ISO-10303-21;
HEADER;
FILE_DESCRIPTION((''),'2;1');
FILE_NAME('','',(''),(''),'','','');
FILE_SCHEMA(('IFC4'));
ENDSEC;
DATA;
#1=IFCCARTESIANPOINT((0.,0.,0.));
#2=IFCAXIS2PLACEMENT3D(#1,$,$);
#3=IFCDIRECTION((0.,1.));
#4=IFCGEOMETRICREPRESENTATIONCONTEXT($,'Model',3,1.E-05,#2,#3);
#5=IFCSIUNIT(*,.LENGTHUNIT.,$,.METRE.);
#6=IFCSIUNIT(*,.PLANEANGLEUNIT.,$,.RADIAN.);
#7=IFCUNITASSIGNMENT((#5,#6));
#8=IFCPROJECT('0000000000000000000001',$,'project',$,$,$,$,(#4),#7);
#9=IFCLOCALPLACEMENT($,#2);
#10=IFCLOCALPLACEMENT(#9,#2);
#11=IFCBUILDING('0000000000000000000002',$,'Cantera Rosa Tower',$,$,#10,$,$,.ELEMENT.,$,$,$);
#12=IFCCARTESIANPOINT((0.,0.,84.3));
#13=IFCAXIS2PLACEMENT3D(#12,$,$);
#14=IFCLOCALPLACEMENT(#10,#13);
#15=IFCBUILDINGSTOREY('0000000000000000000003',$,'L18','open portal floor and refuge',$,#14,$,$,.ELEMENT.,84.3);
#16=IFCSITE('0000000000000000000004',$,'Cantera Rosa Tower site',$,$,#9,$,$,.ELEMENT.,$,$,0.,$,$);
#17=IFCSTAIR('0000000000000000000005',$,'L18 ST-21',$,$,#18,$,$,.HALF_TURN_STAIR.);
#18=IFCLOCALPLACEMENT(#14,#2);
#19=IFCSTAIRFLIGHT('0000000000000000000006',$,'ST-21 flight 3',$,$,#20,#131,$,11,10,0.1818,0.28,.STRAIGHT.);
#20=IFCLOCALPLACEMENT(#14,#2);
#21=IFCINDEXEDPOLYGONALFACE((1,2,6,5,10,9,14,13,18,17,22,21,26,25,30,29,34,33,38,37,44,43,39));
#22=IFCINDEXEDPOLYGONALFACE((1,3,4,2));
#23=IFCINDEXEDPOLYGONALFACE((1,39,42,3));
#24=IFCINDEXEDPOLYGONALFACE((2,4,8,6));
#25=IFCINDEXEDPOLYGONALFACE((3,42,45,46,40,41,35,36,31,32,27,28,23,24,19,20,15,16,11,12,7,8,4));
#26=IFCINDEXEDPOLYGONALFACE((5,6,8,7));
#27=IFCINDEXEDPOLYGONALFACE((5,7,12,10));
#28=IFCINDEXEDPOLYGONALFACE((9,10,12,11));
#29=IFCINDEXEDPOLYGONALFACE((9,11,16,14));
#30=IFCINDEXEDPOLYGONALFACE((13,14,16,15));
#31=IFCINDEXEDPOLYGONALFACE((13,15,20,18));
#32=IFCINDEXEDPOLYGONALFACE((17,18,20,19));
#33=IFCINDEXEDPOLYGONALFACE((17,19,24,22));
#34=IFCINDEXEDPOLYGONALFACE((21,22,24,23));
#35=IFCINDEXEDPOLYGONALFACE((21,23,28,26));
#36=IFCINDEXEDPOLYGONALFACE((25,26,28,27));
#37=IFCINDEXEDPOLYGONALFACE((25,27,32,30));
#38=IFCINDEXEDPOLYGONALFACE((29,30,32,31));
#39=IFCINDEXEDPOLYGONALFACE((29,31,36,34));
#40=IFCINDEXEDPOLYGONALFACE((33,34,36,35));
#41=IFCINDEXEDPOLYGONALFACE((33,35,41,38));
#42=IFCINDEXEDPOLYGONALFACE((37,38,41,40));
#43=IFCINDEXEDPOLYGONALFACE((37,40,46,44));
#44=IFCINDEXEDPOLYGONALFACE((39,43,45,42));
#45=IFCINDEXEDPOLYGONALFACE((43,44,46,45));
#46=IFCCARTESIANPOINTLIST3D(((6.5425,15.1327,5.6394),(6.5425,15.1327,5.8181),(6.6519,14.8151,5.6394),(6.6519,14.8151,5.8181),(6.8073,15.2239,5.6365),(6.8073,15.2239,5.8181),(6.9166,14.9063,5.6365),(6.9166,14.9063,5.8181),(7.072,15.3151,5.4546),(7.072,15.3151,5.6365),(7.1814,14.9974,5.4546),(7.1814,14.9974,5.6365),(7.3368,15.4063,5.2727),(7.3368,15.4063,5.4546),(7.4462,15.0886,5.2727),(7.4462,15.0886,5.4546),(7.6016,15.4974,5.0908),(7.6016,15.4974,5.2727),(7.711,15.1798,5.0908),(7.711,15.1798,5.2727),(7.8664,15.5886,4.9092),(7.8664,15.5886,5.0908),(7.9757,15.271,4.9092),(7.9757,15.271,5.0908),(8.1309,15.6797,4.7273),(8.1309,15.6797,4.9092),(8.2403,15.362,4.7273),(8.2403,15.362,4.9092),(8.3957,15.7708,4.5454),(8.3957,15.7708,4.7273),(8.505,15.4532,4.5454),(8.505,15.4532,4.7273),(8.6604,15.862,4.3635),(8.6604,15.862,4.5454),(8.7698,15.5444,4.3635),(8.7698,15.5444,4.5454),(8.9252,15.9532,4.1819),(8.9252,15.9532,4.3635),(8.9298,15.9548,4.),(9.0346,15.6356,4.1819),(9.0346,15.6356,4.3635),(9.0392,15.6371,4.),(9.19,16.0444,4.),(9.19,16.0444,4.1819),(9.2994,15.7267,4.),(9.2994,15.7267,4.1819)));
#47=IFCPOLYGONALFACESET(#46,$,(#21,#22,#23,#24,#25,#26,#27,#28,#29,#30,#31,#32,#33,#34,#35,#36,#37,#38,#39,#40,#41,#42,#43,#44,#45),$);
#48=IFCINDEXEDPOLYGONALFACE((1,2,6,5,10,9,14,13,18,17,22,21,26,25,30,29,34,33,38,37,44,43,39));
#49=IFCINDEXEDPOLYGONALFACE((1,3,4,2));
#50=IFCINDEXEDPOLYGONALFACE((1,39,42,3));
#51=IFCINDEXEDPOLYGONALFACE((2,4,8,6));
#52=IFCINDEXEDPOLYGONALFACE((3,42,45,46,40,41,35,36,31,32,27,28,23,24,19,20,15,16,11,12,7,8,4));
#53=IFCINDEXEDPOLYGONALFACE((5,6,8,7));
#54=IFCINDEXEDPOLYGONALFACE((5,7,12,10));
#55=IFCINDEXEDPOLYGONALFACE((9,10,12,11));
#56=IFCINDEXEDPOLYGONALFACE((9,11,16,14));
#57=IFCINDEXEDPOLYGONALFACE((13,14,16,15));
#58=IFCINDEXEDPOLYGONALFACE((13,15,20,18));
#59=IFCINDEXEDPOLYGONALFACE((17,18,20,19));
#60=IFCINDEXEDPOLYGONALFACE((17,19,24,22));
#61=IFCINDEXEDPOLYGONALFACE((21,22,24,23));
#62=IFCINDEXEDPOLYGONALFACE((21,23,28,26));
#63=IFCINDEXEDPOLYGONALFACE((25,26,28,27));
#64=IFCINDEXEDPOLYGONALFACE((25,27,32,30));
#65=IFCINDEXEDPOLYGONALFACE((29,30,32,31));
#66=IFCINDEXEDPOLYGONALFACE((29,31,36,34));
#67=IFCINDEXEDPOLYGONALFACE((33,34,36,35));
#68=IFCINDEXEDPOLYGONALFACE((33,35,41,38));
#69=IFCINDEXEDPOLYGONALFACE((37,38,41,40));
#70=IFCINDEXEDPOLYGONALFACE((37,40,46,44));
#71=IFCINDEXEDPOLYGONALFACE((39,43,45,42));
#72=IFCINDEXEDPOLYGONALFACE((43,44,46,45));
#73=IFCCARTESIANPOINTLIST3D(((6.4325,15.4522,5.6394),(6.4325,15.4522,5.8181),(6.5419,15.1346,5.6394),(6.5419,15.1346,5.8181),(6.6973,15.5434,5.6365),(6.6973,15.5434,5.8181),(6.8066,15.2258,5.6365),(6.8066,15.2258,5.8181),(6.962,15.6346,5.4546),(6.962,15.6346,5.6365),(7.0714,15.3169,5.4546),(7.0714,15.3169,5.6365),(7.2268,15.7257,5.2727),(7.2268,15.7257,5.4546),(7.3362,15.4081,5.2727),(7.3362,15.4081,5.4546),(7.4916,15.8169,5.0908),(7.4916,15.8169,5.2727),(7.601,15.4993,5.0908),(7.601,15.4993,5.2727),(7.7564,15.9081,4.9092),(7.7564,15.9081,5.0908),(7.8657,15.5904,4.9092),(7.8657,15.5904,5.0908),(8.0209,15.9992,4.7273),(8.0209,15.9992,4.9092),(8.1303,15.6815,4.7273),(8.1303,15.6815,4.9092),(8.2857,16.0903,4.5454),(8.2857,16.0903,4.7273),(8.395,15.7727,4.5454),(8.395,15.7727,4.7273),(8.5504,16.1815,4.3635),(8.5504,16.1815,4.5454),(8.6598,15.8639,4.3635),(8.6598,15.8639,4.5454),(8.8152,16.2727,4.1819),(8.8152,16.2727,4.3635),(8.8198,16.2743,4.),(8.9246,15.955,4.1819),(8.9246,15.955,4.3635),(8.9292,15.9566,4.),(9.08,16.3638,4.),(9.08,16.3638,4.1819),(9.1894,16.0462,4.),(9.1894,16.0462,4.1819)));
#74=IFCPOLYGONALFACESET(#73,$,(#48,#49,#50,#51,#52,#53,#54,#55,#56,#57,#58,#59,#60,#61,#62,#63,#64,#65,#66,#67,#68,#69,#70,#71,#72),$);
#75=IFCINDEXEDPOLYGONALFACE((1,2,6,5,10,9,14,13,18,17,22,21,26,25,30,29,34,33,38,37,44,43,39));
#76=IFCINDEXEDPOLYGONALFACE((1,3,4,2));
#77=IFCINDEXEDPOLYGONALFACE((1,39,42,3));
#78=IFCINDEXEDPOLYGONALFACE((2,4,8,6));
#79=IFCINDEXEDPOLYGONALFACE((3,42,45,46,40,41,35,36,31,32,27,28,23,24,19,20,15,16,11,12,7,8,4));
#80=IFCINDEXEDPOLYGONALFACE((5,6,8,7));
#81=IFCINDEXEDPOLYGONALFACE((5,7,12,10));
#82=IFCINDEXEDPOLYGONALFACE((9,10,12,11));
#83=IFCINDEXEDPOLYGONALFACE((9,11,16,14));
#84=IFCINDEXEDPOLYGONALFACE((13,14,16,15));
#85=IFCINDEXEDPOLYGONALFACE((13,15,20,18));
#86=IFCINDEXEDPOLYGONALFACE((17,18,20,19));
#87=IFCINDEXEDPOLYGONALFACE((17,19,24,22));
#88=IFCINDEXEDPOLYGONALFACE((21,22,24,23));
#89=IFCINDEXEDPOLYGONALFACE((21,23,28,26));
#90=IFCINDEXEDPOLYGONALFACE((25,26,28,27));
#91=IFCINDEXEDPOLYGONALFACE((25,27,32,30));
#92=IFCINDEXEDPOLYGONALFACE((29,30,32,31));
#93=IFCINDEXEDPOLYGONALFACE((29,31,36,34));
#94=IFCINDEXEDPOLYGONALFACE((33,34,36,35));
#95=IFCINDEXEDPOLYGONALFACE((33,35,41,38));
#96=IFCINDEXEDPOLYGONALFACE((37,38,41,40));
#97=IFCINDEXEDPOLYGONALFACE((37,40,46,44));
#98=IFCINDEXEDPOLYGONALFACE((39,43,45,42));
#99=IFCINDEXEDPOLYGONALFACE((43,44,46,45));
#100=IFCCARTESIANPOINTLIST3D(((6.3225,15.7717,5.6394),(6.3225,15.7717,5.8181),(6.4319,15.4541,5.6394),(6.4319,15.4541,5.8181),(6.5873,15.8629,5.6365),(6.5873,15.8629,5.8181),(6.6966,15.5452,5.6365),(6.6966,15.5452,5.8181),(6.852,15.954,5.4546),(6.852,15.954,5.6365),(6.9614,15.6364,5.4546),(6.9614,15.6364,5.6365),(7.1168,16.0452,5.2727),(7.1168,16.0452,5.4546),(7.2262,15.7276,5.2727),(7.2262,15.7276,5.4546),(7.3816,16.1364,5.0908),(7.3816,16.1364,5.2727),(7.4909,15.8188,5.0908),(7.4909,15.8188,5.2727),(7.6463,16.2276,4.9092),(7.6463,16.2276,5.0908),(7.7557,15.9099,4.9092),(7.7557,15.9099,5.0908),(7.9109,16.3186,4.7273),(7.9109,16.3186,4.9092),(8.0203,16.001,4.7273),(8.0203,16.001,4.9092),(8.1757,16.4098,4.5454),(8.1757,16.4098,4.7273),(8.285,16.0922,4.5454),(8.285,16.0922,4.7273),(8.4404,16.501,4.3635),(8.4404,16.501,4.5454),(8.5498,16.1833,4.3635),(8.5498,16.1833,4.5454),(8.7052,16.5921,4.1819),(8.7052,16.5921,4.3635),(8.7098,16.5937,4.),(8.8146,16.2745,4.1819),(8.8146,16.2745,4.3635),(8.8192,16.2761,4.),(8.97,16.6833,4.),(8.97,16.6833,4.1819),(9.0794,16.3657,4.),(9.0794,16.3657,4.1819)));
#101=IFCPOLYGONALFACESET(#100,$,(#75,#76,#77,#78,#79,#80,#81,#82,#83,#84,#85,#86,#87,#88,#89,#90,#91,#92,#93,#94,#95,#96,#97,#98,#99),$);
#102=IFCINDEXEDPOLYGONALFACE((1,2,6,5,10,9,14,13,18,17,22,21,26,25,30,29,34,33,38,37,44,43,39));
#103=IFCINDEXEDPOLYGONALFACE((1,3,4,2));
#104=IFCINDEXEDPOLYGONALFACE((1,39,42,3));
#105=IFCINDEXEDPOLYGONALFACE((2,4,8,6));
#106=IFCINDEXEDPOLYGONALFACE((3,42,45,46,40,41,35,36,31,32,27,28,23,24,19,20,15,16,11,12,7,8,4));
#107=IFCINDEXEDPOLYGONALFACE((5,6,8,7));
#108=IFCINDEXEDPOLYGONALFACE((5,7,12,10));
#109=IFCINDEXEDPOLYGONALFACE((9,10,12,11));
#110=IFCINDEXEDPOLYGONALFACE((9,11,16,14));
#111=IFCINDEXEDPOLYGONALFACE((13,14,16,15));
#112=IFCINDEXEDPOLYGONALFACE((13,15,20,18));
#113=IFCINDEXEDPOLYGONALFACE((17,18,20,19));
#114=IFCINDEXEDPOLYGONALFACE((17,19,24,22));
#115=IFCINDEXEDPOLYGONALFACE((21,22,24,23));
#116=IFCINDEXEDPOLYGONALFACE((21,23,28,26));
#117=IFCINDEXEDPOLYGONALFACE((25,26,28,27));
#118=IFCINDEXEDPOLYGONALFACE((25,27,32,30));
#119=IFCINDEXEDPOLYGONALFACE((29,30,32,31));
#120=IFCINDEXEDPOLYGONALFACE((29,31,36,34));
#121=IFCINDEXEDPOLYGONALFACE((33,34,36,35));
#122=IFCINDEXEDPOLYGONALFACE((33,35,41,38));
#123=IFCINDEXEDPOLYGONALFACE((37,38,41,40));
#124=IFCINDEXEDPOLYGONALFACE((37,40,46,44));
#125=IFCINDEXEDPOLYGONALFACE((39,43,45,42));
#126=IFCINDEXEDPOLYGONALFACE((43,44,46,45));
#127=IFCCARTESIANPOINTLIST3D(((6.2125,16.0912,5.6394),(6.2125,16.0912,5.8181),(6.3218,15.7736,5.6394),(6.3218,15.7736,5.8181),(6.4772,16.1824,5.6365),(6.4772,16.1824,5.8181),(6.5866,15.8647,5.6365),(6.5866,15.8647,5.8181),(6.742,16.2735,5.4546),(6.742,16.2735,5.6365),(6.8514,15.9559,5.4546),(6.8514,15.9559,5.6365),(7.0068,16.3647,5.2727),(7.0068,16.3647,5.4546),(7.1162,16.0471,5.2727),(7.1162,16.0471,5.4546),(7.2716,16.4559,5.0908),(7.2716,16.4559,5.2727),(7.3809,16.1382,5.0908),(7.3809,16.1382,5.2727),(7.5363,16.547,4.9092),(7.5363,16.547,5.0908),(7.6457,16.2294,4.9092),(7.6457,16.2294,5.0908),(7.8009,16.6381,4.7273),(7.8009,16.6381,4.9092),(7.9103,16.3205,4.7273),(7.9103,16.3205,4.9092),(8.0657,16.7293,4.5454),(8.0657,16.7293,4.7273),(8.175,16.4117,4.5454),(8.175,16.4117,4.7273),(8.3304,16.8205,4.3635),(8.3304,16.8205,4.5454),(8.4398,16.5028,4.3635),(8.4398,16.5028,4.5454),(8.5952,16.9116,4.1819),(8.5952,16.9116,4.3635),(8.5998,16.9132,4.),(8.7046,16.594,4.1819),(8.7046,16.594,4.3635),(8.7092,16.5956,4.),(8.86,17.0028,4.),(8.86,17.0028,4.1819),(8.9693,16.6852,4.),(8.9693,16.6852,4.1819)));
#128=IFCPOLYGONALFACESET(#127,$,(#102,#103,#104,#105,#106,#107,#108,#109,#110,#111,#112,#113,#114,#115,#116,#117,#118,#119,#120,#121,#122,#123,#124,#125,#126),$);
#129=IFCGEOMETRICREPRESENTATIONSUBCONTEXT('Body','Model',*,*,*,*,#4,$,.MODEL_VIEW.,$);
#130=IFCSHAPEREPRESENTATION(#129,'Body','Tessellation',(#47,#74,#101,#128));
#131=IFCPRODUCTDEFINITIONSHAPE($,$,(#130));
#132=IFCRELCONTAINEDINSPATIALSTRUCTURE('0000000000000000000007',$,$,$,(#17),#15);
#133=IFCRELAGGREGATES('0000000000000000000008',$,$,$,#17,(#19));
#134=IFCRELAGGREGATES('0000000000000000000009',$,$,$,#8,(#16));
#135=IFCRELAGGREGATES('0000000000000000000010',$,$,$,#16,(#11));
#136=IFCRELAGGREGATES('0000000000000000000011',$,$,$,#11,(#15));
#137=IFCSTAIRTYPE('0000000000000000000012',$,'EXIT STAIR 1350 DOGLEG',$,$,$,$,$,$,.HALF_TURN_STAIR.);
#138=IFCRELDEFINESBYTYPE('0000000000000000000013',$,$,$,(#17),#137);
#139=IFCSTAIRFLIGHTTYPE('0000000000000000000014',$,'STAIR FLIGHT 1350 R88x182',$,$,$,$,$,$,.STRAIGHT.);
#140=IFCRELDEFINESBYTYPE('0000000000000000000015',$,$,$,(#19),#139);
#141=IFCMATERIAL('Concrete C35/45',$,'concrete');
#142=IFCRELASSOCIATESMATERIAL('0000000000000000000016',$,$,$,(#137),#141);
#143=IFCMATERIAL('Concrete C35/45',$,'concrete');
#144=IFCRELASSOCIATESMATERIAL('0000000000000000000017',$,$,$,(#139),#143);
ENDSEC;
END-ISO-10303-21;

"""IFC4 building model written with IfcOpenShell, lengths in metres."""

from ifc_helpers import new_model, si_unit, direction, frame, origin, place, context, subcontext, project, spatial, polyline, outline, extrude, material, type_object, element, aggregate, save


model = new_model("IFC4")

# Units and contexts
model_context = context("Model", 3, precision=1e-05, world=origin(), true_north=direction((0.0, 1.0)))
body_context = subcontext(model_context, "Body", "Model", "MODEL_VIEW")
ifc_project = project(units=[si_unit("LENGTHUNIT", "METRE"), si_unit("PLANEANGLEUNIT", "RADIAN")], contexts=[model_context])

# Site, building, storey
site_placement = place(None, origin())
site = spatial("IfcSite", under=ifc_project, at=site_placement, Name="Cantera Rosa Tower site", CompositionType="ELEMENT", RefElevation=0.0)
building_placement = place(site_placement, origin())
building = spatial("IfcBuilding", under=site, at=building_placement, Name="Cantera Rosa Tower", CompositionType="ELEMENT")
storey_placement = place(building_placement, frame((0.0, 0.0, 84.3)))
storey = spatial("IfcBuildingStorey", under=building, at=storey_placement, Name="L18", Description="open portal floor and refuge", CompositionType="ELEMENT", Elevation=84.3)

# Stair, stair flight
ifc_material_1 = material(Name="Concrete C35/45", Category="concrete")
stair_type = type_object("IfcStairType", Name="EXIT STAIR 1350 DOGLEG", PredefinedType="HALF_TURN_STAIR", material=ifc_material_1)
stair_placement = place(storey_placement, origin())
stair = element("IfcStair", 1, at=stair_placement, inside=storey, type_object=stair_type, Name="L18 ST-21", PredefinedType="HALF_TURN_STAIR")
ifc_material_2 = material(Name="Concrete C35/45", Category="concrete")
stair_flight_type = type_object("IfcStairFlightType", Name="STAIR FLIGHT 1350 R88x182", PredefinedType="STRAIGHT", material=ifc_material_2)
stair_flight_1_placement = place(storey_placement, frame((9.0796, 16.365, 4.0), z_axis=(0.0, 0.0, 1.0), x_axis=(-0.945519, -0.325568, 0.0)))
stair_flight_1 = element("IfcStairFlight", 2, at=stair_flight_1_placement, type_object=stair_flight_type, Name="ST-21 flight 3", NumberOfRisers=11, NumberOfTreads=10, PredefinedType="STRAIGHT", RiserHeight=0.1818, TreadLength=0.28, context=body_context, shape_type="SweptSolid", body=[
    extrude(outline(polyline([(0.0, 0.0), (0.0, 0.1819), (0.28, 0.1819), (0.28, 0.3635), (0.5601, 0.3635), (0.5601, 0.5454), (0.8401, 0.5454), (0.8401, 0.7273), (1.1201, 0.7273), (1.1201, 0.9092), (1.3999, 0.9092), (1.3999, 1.0908), (1.6799, 1.0908), (1.6799, 1.2727), (1.96, 1.2727), (1.96, 1.4546), (2.24, 1.4546), (2.24, 1.6365), (2.52, 1.6365), (2.52, 1.8181), (2.8, 1.8181), (2.8, 2.0), (2.8, 1.6394), (0.2751, 0.0), (0.0, 0.0)])), frame((0.0, 0.675, 0.0), z_axis=(0.0, -1.0, 0.0), x_axis=(1.0, 0.0, 0.0)), (0.0, 0.0, 1.0), 0.3359),
    extrude(outline(polyline([(0.0, 0.0), (0.0, 0.1819), (0.28, 0.1819), (0.28, 0.3635), (0.5601, 0.3635), (0.5601, 0.5454), (0.8401, 0.5454), (0.8401, 0.7273), (1.1201, 0.7273), (1.1201, 0.9092), (1.3999, 0.9092), (1.3999, 1.0908), (1.6799, 1.0908), (1.6799, 1.2727), (1.96, 1.2727), (1.96, 1.4546), (2.24, 1.4546), (2.24, 1.6365), (2.52, 1.6365), (2.52, 1.8181), (2.8, 1.8181), (2.8, 2.0), (2.8, 1.6394), (0.2751, 0.0), (0.0, 0.0)])), frame((0.0, 0.3372, 0.0), z_axis=(0.0, -1.0, 0.0), x_axis=(1.0, 0.0, 0.0)), (0.0, 0.0, 1.0), 0.3359),
    extrude(outline(polyline([(0.0, 0.0), (0.0, 0.1819), (0.28, 0.1819), (0.28, 0.3635), (0.5601, 0.3635), (0.5601, 0.5454), (0.8401, 0.5454), (0.8401, 0.7273), (1.1201, 0.7273), (1.1201, 0.9092), (1.3999, 0.9092), (1.3999, 1.0908), (1.6799, 1.0908), (1.6799, 1.2727), (1.96, 1.2727), (1.96, 1.4546), (2.24, 1.4546), (2.24, 1.6365), (2.52, 1.6365), (2.52, 1.8181), (2.8, 1.8181), (2.8, 2.0), (2.8, 1.6394), (0.2751, 0.0), (0.0, 0.0)])), frame((0.0, -0.0007, 0.0), z_axis=(0.0, -1.0, 0.0), x_axis=(1.0, 0.0, 0.0)), (0.0, 0.0, 1.0), 0.3359),
    extrude(outline(polyline([(0.0, 0.0), (0.0, 0.1819), (0.28, 0.1819), (0.28, 0.3635), (0.5601, 0.3635), (0.5601, 0.5454), (0.8401, 0.5454), (0.8401, 0.7273), (1.1201, 0.7273), (1.1201, 0.9092), (1.3999, 0.9092), (1.3999, 1.0908), (1.6799, 1.0908), (1.6799, 1.2727), (1.96, 1.2727), (1.96, 1.4546), (2.24, 1.4546), (2.24, 1.6365), (2.52, 1.6365), (2.52, 1.8181), (2.8, 1.8181), (2.8, 2.0), (2.8, 1.6394), (0.2751, 0.0), (0.0, 0.0)])), frame((0.0, -0.3386, 0.0), z_axis=(0.0, -1.0, 0.0), x_axis=(1.0, 0.0, 0.0)), (0.0, 0.0, 1.0), 0.3359),
])
aggregate(stair, [stair_flight_1])

save(model, "model.ifc")
